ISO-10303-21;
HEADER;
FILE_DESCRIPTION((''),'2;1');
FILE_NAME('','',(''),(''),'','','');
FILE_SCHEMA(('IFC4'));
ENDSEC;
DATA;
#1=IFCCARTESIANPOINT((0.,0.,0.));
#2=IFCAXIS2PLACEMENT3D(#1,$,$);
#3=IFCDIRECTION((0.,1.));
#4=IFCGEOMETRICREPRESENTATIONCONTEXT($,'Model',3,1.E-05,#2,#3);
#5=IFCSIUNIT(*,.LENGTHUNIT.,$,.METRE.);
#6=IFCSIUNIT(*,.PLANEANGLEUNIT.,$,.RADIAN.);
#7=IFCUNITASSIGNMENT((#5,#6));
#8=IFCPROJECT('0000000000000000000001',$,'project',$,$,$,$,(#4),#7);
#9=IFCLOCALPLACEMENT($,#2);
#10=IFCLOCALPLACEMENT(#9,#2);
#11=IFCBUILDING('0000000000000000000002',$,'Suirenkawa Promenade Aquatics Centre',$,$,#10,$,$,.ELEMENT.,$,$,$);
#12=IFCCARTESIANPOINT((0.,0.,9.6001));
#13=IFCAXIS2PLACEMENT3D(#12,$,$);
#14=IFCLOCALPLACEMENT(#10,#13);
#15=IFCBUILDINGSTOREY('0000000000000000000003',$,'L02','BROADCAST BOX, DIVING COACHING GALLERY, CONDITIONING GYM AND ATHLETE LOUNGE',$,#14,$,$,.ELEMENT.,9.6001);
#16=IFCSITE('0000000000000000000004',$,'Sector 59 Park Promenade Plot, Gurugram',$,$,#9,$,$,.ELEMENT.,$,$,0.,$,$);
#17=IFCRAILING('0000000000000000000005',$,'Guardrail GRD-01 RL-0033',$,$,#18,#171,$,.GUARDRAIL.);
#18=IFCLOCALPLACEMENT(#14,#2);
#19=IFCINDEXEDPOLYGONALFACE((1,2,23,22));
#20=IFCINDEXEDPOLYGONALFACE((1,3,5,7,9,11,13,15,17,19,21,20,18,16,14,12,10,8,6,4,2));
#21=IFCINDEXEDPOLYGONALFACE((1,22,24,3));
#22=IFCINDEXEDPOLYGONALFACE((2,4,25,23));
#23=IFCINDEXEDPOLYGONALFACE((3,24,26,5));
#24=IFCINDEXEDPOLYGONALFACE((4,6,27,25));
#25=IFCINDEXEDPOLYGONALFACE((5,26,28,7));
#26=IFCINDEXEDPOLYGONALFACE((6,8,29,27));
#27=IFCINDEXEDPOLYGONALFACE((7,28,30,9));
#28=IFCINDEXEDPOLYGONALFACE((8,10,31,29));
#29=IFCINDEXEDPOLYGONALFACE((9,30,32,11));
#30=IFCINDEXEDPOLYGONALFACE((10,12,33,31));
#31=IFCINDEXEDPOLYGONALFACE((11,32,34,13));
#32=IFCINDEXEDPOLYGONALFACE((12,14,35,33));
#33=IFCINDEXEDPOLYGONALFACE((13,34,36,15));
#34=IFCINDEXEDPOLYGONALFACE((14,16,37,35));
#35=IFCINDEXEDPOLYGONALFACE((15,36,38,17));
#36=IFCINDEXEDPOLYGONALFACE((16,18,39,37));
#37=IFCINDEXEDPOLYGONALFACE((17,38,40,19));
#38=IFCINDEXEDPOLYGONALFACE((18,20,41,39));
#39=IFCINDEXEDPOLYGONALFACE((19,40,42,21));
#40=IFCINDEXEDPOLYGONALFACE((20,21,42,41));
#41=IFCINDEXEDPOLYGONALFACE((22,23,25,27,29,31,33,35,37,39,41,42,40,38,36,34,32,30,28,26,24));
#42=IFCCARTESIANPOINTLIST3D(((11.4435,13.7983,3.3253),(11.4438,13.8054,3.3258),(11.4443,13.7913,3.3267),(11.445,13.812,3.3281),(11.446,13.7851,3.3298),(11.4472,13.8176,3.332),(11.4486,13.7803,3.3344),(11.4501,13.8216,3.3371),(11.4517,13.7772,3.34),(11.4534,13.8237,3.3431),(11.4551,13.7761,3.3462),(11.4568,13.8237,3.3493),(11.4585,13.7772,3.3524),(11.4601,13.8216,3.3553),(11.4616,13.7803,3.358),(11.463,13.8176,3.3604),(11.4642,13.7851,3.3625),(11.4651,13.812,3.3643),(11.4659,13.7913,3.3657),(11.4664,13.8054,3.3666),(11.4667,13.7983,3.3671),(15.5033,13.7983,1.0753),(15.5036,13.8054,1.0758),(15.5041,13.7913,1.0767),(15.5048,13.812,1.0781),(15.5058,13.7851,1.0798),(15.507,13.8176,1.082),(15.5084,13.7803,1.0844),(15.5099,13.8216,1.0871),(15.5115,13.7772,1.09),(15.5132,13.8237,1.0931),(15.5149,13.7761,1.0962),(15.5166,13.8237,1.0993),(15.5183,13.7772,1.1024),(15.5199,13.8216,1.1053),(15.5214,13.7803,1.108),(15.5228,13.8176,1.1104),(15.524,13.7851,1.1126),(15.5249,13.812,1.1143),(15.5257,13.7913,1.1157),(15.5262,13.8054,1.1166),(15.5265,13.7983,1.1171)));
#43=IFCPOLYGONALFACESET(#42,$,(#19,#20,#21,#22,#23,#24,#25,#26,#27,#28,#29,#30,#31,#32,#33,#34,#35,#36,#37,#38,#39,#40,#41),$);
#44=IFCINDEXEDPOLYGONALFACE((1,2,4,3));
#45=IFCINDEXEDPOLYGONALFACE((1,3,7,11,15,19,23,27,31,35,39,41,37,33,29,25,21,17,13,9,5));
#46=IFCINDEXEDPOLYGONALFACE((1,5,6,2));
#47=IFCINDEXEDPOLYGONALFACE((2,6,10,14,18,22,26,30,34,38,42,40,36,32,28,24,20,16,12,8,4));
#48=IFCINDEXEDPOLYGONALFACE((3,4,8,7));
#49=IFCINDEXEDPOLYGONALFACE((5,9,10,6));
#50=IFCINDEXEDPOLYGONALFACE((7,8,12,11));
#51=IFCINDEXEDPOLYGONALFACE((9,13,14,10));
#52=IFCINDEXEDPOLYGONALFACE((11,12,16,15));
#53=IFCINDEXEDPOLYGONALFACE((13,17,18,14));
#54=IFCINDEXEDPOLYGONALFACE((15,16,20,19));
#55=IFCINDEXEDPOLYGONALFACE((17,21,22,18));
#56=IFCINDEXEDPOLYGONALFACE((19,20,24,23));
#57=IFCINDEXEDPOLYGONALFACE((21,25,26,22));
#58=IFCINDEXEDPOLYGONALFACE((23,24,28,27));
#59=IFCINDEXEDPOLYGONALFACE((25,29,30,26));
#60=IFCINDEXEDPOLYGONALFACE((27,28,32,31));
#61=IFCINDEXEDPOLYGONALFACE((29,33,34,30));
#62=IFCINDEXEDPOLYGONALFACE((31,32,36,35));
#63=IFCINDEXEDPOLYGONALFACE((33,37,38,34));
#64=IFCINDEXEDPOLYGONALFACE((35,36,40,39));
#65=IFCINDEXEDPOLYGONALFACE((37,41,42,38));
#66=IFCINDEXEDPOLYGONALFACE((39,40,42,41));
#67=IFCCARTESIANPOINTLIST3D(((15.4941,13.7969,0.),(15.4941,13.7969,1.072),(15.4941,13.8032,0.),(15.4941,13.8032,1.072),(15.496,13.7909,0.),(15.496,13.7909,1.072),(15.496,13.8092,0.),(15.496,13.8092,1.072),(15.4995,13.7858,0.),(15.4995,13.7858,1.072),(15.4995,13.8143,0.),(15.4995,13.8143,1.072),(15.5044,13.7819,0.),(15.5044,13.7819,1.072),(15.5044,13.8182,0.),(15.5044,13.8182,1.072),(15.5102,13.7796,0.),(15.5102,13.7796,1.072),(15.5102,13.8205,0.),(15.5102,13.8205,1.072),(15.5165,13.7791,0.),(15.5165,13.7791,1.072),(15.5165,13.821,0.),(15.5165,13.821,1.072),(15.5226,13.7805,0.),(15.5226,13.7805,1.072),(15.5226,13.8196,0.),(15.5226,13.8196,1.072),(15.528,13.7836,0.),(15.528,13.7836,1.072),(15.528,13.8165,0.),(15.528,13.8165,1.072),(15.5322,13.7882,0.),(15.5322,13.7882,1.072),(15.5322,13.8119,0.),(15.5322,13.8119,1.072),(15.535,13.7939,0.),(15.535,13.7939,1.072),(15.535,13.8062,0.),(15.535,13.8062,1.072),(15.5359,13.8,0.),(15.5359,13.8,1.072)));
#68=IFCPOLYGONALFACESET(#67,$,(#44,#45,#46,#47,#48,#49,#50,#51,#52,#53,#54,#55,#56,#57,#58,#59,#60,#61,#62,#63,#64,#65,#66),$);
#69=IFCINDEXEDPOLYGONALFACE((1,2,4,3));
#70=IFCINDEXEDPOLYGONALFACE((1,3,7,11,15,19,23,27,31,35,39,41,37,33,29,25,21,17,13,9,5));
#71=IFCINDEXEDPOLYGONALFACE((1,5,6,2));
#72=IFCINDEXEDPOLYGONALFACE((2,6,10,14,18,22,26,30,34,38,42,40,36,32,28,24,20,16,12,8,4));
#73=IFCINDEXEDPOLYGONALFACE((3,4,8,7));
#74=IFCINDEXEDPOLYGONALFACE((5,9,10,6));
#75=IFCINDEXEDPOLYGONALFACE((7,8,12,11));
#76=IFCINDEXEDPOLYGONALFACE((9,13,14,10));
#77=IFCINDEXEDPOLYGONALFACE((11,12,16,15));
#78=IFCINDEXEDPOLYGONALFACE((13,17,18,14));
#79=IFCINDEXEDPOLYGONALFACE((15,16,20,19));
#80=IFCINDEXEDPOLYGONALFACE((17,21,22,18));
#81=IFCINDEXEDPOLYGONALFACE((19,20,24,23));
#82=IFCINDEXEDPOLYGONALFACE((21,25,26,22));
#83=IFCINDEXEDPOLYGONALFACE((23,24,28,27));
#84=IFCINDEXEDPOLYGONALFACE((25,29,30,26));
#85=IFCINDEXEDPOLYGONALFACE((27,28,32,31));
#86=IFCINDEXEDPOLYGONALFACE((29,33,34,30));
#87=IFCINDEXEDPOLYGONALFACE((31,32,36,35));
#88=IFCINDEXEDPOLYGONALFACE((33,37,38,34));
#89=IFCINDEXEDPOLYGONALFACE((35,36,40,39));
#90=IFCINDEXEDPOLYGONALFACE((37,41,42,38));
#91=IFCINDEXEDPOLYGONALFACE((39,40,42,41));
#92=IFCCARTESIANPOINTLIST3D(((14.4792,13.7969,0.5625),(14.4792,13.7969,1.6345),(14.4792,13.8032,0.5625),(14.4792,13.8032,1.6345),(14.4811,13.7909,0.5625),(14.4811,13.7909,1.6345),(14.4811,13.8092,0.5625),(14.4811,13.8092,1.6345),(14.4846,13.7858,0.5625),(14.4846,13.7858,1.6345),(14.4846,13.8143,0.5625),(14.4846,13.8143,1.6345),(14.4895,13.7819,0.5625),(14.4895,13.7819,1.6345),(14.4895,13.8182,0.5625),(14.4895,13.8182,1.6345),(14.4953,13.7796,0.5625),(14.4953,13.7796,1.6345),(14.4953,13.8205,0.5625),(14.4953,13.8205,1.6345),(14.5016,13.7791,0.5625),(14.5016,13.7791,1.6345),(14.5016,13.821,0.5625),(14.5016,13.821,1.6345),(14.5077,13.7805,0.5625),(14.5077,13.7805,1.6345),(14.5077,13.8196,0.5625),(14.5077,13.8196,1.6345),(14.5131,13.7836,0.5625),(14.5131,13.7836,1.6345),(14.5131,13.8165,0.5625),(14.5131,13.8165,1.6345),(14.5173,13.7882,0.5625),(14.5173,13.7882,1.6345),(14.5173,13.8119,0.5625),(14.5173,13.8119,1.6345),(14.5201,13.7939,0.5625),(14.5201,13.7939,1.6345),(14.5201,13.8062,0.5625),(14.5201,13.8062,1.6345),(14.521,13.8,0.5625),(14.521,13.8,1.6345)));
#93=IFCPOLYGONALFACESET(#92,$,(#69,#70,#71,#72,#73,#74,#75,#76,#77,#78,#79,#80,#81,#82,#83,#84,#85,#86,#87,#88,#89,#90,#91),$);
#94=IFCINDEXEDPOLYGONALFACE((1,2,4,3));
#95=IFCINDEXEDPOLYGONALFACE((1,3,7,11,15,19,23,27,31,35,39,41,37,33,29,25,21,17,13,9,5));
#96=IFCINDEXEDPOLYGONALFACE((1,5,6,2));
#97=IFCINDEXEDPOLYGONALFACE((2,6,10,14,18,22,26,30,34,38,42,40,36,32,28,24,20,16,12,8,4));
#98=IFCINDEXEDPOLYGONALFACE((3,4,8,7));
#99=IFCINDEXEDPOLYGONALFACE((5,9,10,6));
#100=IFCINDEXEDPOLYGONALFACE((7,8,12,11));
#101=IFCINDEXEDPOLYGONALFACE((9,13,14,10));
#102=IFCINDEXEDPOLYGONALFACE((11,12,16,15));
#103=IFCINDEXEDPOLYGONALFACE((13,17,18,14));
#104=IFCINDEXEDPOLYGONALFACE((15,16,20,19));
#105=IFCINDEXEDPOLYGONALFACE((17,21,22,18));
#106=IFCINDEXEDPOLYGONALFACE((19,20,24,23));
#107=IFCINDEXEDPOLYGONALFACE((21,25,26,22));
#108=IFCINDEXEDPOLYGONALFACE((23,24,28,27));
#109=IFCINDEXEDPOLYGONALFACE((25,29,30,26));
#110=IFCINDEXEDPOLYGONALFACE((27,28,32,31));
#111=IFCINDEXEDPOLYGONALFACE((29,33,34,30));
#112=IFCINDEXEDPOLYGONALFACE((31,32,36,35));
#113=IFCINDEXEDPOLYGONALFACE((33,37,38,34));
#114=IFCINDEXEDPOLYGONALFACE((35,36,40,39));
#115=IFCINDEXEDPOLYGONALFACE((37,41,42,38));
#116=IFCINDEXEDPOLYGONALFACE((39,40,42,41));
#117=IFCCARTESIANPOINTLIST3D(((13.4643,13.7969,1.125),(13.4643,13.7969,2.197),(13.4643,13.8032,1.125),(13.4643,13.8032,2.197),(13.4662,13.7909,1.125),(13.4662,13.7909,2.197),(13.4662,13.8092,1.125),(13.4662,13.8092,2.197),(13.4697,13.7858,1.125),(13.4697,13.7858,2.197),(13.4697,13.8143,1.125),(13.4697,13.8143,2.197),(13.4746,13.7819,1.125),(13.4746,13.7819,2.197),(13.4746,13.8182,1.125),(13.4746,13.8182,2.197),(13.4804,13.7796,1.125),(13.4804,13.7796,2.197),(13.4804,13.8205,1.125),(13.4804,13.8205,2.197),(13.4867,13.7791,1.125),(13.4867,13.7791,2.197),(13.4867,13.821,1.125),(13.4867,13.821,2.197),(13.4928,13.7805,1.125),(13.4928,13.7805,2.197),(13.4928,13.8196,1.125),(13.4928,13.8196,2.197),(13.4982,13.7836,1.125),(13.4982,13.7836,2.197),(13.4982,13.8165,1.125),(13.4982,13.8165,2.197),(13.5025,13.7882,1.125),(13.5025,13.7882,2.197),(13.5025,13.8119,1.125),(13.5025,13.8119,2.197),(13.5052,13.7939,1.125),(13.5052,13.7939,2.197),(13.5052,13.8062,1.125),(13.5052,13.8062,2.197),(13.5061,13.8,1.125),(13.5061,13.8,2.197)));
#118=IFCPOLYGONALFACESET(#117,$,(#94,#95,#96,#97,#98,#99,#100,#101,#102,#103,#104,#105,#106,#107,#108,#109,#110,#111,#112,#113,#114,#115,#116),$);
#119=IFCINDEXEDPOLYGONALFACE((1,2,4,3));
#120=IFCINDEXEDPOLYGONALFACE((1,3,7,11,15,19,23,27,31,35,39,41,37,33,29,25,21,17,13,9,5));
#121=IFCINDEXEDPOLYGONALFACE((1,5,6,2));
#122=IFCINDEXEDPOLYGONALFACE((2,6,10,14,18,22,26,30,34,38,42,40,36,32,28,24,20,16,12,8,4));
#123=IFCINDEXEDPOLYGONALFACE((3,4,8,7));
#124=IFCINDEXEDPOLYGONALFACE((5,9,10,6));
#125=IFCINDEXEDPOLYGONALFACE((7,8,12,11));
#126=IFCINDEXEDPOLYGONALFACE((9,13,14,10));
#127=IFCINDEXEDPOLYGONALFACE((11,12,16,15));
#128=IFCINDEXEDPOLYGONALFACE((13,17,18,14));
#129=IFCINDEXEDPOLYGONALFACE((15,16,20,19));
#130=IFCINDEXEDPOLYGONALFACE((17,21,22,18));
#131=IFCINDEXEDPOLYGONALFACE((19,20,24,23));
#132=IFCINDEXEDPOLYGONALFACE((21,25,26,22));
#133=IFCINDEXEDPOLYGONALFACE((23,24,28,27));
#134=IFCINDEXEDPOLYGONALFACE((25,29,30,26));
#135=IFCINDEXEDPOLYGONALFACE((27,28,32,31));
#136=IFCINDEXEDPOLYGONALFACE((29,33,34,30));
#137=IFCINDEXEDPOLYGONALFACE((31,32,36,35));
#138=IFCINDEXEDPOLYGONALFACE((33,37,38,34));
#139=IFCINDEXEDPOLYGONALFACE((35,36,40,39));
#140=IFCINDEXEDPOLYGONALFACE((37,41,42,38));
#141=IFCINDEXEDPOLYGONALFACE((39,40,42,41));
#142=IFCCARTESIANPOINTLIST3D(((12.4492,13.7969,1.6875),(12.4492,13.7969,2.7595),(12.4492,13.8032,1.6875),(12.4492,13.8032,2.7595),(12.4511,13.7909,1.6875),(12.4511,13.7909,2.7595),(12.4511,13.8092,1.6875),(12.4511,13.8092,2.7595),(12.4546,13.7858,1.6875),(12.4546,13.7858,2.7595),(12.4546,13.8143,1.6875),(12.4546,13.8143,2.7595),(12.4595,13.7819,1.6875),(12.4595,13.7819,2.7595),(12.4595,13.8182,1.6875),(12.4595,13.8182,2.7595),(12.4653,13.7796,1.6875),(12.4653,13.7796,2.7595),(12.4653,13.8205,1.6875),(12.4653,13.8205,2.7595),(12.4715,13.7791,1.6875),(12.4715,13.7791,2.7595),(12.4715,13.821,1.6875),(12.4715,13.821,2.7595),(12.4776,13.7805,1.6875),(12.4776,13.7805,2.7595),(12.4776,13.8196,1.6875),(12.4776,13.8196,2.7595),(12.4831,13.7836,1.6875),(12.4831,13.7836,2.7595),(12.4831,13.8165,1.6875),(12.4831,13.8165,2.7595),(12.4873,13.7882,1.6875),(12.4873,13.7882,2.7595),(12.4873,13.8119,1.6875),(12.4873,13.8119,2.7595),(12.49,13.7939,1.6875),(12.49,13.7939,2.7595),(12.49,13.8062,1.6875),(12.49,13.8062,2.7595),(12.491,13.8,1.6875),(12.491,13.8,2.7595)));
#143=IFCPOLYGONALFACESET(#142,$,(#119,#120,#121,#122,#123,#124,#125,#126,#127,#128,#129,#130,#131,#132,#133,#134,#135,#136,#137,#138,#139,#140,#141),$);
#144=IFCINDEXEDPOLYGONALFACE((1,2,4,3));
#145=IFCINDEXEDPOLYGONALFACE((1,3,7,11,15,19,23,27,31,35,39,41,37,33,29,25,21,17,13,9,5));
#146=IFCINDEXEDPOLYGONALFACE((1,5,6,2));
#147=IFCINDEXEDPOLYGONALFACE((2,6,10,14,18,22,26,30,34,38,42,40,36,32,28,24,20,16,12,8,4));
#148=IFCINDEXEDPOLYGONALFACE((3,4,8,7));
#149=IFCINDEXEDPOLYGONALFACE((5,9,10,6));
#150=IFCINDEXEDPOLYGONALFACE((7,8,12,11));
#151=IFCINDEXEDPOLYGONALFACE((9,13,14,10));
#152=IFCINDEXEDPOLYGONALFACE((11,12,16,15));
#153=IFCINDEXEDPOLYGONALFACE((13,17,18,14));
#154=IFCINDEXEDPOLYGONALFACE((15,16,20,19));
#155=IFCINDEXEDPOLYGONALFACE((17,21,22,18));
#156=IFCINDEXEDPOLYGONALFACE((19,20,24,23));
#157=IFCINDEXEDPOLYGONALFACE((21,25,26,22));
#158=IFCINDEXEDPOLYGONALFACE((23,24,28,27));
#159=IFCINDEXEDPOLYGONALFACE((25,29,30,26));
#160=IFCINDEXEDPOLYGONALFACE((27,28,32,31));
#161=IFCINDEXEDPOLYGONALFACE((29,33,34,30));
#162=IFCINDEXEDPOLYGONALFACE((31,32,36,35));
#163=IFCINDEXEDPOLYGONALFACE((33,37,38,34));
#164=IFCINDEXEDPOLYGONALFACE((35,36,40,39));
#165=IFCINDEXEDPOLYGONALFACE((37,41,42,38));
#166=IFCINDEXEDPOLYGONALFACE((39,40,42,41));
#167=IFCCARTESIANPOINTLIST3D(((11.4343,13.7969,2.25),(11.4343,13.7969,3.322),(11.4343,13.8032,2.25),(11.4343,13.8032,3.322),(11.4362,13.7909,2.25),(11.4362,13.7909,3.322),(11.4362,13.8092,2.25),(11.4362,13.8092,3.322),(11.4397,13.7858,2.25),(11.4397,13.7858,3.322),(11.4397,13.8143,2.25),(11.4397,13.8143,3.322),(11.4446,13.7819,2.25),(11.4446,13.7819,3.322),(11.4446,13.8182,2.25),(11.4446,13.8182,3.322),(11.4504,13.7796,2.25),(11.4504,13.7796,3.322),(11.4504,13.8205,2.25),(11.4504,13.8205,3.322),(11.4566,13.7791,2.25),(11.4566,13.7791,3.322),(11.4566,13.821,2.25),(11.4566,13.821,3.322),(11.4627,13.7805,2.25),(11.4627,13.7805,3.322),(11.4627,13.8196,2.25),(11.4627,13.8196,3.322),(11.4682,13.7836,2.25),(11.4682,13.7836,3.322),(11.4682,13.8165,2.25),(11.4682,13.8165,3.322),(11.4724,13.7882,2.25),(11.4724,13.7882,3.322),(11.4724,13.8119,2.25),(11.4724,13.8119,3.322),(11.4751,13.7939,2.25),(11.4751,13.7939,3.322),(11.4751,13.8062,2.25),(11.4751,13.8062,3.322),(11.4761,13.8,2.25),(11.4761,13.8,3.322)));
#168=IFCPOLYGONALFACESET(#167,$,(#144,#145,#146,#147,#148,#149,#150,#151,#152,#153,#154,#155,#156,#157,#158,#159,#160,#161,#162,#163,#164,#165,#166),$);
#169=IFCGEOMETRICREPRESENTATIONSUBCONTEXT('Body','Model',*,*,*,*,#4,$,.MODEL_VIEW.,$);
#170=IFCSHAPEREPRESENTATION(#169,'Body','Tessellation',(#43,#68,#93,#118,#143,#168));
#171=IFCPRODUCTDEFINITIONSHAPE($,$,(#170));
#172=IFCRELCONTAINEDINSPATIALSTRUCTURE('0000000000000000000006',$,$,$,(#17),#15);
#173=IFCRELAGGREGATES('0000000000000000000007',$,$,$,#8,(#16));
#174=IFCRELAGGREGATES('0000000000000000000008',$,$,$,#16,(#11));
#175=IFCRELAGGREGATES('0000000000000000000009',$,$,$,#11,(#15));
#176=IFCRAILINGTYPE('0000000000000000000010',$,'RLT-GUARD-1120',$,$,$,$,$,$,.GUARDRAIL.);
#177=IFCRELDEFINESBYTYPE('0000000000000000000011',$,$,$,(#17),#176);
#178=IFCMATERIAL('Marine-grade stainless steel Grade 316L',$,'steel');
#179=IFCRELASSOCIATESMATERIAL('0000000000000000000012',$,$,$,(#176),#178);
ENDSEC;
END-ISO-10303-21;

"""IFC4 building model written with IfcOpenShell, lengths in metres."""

from ifc_helpers import new_model, si_unit, direction, frame, origin, origin_2d, place, context, subcontext, project, spatial, circle, extrude, material, type_object, element, save


model = new_model("IFC4")

# Units and contexts
model_context = context("Model", 3, precision=1e-05, world=origin(), true_north=direction((0.0, 1.0)))
body_context = subcontext(model_context, "Body", "Model", "MODEL_VIEW")
ifc_project = project(units=[si_unit("LENGTHUNIT", "METRE"), si_unit("PLANEANGLEUNIT", "RADIAN")], contexts=[model_context])

# Site, building, storey
site_placement = place(None, origin())
site = spatial("IfcSite", under=ifc_project, at=site_placement, Name="Sector 59 Park Promenade Plot, Gurugram", CompositionType="ELEMENT", RefElevation=0.0)
building_placement = place(site_placement, origin())
building = spatial("IfcBuilding", under=site, at=building_placement, Name="Suirenkawa Promenade Aquatics Centre", CompositionType="ELEMENT")
storey_placement = place(building_placement, frame((0.0, 0.0, 9.6001)))
storey = spatial("IfcBuildingStorey", under=building, at=storey_placement, Name="L02", Description="BROADCAST BOX, DIVING COACHING GALLERY, CONDITIONING GYM AND ATHLETE LOUNGE", CompositionType="ELEMENT", Elevation=9.6001)

# Railing
ifc_material_1 = material(Name="Marine-grade stainless steel Grade 316L", Category="steel")
railing_type_1 = type_object("IfcRailingType", Name="RLT-GUARD-1120", PredefinedType="GUARDRAIL", material=ifc_material_1)
railing_1_placement = place(storey_placement, frame((15.5149, 13.8, 0.0)))
element("IfcRailing", 1, at=railing_1_placement, inside=storey, type_object=railing_type_1, Name="Guardrail GRD-01 RL-0033", PredefinedType="GUARDRAIL", context=body_context, shape_type="SweptSolid", body=[
    extrude(circle(Radius=0.0239, at=origin_2d()), frame((0.0, 0.0, 1.0962), z_axis=(-0.874656, 0.0, 0.484745), x_axis=(0.0, -1.0, 0.0)), (0.0, 0.0, 1.0), 4.6416),
    extrude(circle(Radius=0.021, at=origin_2d()), origin(), (0.0, 0.0, 1.0), 1.072),
    extrude(circle(Radius=0.021, at=origin_2d()), frame((-1.0149, 0.0, 0.5625)), (0.0, 0.0, 1.0), 1.072),
    extrude(circle(Radius=0.021, at=origin_2d()), frame((-2.0298, 0.0, 1.125)), (0.0, 0.0, 1.0), 1.072),
    extrude(circle(Radius=0.021, at=origin_2d()), frame((-3.0449, 0.0, 1.6875)), (0.0, 0.0, 1.0), 1.072),
    extrude(circle(Radius=0.021, at=origin_2d()), frame((-4.0598, 0.0, 2.25)), (0.0, 0.0, 1.0), 1.072),
])

save(model, "model.ifc")
